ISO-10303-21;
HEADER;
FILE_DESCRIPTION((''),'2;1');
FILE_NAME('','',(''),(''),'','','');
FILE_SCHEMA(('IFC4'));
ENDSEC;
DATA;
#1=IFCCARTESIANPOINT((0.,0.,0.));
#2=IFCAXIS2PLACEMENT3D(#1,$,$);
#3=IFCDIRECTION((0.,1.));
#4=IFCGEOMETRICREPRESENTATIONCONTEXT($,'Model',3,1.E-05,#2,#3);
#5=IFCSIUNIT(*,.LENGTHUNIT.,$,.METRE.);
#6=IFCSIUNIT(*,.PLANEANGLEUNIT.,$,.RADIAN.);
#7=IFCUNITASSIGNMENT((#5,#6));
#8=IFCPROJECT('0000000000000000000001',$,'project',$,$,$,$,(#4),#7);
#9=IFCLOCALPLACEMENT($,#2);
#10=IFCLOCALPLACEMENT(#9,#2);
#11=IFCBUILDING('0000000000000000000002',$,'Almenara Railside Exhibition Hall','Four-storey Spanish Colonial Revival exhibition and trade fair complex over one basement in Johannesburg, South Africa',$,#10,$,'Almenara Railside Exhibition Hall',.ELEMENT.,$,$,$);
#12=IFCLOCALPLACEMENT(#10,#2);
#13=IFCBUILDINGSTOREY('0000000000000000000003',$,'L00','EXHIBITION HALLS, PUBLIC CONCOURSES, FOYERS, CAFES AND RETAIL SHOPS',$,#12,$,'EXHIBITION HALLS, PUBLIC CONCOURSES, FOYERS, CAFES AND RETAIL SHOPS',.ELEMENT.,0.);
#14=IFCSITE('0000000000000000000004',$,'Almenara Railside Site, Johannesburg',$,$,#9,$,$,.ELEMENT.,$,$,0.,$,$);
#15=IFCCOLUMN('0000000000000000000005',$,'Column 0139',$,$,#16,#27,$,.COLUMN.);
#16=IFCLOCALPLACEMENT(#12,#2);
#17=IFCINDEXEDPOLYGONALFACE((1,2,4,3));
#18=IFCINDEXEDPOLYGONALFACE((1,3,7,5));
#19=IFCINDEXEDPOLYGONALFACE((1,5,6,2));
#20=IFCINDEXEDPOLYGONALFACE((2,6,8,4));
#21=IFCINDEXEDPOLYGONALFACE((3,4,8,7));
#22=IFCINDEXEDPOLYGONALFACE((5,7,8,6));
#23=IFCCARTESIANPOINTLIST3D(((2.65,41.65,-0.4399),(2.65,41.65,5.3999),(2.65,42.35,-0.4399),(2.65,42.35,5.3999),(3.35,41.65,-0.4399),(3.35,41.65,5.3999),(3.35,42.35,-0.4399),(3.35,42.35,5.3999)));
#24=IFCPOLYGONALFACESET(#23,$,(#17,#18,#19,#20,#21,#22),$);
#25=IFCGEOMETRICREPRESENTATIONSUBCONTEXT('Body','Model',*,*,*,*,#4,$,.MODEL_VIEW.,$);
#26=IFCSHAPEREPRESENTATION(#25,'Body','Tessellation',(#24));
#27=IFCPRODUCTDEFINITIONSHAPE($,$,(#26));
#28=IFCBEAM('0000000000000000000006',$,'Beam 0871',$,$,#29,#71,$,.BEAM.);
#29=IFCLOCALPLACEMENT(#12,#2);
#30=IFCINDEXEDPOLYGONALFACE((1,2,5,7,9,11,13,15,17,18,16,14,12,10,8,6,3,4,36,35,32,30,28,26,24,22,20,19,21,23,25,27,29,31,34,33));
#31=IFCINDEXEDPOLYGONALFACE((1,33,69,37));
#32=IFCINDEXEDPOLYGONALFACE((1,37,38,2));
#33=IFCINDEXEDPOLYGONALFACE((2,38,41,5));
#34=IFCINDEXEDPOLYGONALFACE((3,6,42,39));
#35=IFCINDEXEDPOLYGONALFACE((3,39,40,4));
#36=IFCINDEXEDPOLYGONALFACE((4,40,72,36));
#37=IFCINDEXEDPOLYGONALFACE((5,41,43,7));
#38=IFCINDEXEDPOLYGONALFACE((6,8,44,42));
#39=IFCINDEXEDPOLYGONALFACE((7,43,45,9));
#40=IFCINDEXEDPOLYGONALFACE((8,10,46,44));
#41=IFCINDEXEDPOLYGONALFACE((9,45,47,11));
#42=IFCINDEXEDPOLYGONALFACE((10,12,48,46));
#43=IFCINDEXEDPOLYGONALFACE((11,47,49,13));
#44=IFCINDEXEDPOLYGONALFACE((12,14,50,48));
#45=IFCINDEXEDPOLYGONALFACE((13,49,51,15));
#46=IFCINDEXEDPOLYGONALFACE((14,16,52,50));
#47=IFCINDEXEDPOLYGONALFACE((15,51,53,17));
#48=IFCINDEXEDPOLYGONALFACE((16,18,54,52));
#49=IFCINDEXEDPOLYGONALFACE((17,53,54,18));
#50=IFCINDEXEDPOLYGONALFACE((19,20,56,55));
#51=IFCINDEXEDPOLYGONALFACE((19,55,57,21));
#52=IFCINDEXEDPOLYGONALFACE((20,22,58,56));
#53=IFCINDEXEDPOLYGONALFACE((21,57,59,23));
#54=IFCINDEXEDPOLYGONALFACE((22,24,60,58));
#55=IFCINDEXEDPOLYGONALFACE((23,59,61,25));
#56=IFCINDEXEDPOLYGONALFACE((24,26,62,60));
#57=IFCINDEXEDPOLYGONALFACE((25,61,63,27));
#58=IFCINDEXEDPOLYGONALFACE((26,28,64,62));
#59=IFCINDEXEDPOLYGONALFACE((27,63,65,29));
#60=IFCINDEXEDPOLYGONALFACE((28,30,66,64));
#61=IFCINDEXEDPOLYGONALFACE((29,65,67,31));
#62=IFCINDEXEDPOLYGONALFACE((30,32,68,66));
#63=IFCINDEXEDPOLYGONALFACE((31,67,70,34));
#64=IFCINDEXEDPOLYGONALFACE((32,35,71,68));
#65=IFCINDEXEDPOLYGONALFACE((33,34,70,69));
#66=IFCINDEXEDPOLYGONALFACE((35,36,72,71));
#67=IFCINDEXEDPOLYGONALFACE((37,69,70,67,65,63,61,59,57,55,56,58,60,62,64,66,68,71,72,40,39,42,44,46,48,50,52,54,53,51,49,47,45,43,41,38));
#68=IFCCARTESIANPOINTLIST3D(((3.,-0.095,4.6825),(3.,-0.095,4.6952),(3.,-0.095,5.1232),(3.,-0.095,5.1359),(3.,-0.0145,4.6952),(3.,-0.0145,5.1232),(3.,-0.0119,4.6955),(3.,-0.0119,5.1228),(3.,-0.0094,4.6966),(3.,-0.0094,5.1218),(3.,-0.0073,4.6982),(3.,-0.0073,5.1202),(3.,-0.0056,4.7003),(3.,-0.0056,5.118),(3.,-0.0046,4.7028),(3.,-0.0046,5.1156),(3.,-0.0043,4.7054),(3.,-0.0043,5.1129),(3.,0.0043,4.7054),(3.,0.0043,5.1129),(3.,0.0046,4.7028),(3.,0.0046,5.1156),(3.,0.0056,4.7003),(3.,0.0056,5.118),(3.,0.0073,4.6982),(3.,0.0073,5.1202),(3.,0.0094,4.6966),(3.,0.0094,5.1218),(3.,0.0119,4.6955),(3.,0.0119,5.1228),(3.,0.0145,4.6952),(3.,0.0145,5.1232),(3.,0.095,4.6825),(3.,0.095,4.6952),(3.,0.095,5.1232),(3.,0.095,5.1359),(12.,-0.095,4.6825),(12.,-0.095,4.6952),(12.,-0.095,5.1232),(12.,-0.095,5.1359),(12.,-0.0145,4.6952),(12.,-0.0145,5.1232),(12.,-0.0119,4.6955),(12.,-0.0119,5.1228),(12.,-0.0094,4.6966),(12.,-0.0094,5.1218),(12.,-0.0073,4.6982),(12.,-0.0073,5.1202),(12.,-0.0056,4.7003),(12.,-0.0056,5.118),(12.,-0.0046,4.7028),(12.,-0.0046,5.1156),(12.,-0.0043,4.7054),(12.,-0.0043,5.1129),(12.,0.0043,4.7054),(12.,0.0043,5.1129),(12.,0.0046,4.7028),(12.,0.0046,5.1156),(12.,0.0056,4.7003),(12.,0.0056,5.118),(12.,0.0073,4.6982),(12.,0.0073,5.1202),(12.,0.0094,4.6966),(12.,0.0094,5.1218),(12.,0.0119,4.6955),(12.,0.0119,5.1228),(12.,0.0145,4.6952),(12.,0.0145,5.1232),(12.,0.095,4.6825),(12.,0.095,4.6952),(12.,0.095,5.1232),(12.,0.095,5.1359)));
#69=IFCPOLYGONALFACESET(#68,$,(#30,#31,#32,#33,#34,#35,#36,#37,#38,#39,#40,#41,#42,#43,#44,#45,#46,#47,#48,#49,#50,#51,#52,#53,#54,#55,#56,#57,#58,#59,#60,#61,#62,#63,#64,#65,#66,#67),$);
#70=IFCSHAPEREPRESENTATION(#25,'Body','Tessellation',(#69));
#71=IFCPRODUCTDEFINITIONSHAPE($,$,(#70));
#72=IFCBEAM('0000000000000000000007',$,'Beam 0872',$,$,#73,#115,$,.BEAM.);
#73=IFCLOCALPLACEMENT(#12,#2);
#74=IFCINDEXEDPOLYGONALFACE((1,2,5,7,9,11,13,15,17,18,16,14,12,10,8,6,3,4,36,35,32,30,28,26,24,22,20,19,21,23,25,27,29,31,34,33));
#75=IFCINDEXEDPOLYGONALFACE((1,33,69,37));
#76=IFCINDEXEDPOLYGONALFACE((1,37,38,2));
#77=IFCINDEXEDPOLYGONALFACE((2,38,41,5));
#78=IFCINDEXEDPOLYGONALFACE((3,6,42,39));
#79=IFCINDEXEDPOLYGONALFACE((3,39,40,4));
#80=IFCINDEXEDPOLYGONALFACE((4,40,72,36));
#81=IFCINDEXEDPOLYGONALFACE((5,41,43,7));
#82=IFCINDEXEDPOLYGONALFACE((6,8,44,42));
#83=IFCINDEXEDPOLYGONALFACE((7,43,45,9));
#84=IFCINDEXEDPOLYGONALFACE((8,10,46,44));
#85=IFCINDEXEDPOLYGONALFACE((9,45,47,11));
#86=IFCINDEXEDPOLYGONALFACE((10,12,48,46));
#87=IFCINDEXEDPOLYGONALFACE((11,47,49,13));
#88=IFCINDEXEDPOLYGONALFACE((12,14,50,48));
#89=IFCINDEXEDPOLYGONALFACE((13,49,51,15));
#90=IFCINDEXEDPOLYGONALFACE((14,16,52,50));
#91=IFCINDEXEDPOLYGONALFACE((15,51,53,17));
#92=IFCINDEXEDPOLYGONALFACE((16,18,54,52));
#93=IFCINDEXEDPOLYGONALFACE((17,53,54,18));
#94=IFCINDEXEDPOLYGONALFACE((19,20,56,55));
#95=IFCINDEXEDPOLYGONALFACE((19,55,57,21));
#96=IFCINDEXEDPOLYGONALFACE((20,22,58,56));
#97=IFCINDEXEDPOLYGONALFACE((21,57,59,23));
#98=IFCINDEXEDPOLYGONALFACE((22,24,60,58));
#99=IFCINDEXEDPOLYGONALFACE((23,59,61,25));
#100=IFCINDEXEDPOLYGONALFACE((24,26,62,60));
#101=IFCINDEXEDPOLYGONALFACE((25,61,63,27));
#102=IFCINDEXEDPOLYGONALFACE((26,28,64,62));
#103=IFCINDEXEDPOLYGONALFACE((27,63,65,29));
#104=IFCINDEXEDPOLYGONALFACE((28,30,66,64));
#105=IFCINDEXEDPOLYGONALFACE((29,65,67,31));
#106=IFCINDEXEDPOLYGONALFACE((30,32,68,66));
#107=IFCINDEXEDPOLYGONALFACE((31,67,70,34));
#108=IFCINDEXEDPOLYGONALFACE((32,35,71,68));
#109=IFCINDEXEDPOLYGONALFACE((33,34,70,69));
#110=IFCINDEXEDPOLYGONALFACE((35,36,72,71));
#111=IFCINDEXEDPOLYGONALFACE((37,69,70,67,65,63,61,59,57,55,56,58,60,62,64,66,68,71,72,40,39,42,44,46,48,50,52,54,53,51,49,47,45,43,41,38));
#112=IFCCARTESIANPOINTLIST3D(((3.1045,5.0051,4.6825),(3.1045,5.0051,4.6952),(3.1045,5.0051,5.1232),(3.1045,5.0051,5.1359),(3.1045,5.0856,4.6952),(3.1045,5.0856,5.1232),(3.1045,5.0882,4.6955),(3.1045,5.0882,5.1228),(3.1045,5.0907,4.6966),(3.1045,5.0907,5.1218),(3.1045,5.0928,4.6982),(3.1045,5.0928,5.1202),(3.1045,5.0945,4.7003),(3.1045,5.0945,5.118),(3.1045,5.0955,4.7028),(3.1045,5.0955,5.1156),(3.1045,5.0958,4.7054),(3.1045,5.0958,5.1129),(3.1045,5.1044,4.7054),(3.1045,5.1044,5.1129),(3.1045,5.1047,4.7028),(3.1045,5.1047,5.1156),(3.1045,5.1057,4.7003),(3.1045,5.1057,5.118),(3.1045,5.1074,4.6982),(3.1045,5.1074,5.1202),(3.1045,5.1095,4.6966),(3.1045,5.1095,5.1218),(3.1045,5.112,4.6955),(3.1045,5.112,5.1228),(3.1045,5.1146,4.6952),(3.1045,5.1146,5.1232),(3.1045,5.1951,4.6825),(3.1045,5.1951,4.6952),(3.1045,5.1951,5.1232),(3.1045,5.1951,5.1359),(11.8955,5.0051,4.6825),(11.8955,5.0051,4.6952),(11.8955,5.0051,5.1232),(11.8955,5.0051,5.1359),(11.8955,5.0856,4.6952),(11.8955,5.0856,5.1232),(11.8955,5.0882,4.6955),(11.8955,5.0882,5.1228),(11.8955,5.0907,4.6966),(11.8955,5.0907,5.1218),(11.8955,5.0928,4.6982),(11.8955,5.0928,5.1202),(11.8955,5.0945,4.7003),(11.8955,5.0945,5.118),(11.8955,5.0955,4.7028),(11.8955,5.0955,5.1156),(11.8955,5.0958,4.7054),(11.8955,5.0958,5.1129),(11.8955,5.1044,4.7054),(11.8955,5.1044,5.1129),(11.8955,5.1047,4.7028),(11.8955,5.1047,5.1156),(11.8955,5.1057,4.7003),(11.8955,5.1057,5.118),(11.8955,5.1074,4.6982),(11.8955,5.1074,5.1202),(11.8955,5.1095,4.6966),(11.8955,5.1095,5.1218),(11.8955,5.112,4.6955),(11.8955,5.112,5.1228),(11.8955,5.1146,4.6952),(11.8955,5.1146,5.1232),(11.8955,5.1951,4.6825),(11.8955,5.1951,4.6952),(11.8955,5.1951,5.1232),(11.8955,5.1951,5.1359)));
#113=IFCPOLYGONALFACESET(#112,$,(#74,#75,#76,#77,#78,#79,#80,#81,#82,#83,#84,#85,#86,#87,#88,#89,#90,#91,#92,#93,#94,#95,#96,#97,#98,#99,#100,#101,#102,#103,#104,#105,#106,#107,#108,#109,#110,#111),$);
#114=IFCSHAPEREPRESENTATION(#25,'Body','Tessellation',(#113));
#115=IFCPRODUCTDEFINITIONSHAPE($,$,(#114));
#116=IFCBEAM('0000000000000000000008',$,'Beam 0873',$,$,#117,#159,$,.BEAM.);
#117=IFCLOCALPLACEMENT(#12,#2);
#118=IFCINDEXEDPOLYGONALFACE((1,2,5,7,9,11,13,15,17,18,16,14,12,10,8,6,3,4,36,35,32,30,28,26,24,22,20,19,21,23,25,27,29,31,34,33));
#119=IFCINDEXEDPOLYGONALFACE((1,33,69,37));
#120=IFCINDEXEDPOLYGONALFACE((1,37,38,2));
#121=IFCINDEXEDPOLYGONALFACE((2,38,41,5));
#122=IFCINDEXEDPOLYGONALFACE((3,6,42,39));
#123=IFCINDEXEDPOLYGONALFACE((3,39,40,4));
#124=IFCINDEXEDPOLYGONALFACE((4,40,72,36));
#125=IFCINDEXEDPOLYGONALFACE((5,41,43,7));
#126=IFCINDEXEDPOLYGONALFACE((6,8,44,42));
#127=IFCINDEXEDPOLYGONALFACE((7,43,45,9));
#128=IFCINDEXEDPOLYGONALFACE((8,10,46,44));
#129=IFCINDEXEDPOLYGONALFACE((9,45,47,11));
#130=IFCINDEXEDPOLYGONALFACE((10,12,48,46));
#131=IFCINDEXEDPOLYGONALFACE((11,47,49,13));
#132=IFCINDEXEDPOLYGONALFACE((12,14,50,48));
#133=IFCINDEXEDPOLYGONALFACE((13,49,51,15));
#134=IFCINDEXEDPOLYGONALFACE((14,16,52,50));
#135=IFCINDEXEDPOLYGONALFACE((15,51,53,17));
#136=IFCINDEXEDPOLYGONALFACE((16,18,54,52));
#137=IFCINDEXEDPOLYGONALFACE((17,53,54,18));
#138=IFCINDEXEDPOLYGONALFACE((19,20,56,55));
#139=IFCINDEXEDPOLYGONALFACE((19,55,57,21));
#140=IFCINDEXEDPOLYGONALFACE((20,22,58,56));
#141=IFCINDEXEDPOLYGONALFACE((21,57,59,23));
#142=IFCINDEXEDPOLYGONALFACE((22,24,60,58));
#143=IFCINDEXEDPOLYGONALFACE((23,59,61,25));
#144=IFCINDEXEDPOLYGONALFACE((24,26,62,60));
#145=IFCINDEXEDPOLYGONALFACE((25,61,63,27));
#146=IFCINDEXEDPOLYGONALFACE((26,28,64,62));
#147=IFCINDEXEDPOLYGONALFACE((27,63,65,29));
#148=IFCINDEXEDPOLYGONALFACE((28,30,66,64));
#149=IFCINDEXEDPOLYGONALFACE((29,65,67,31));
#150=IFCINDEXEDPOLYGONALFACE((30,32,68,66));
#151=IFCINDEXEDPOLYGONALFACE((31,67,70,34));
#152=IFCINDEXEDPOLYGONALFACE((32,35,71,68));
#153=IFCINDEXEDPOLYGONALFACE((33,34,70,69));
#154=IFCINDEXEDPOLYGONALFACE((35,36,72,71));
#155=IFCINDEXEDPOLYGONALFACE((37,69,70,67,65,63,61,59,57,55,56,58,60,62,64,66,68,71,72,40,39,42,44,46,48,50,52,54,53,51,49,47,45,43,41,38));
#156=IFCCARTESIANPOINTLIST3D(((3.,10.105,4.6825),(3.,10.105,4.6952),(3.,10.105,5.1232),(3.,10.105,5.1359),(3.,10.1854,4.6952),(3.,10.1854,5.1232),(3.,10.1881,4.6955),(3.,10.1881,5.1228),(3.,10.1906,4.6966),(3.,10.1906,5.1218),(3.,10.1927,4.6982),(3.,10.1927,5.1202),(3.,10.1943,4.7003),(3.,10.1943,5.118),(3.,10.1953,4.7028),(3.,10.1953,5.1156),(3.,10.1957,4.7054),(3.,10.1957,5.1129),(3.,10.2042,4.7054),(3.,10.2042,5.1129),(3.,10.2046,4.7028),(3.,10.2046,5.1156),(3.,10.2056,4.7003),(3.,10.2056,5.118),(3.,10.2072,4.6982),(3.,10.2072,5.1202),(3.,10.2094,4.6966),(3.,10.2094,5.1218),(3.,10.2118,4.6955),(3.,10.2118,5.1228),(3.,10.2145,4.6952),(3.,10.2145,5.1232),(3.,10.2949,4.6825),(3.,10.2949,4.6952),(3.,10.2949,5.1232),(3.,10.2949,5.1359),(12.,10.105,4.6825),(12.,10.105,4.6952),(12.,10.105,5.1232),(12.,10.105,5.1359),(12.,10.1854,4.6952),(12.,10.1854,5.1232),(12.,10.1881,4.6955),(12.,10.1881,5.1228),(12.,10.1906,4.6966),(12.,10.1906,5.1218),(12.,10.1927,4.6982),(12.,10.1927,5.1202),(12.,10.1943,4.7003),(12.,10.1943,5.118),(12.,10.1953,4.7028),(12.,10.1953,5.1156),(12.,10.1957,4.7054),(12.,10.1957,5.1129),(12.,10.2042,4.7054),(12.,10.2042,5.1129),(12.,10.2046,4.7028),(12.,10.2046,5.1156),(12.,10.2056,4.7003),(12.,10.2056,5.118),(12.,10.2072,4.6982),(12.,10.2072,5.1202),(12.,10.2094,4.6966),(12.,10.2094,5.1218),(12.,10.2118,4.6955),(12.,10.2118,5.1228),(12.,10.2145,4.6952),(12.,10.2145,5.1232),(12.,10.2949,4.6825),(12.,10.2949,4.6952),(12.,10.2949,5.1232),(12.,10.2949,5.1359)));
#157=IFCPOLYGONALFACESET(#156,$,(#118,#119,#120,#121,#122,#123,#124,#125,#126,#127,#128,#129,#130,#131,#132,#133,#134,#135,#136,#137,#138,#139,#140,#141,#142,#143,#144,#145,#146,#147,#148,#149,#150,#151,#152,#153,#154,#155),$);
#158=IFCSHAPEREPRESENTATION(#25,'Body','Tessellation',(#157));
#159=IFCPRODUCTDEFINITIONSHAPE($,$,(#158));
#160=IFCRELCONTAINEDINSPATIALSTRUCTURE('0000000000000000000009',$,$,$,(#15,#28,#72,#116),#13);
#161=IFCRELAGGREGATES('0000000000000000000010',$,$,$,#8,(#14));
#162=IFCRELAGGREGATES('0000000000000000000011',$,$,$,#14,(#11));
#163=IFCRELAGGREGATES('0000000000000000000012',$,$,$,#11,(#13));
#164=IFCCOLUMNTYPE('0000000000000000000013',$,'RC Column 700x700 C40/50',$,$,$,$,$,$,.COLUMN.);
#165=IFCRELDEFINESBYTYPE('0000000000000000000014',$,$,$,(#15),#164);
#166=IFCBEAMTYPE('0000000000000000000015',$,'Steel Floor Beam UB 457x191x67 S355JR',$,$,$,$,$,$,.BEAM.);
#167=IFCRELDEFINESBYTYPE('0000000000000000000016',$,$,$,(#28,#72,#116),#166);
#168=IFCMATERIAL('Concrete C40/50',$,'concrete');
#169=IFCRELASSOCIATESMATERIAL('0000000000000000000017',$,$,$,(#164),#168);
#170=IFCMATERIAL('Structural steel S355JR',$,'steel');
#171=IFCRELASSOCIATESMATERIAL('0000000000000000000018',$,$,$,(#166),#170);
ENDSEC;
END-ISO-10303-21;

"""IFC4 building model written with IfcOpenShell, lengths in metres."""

from ifc_helpers import new_model, si_unit, direction, frame, origin, origin_2d, place, context, subcontext, project, spatial, rectangle, i_section, extrude, material, material_profile, profile_set, type_object, element, save


model = new_model("IFC4")

# Units and contexts
model_context = context("Model", 3, precision=1e-05, world=origin(), true_north=direction((0.0, 1.0)))
body_context = subcontext(model_context, "Body", "Model", "MODEL_VIEW")
ifc_project = project(units=[si_unit("LENGTHUNIT", "METRE"), si_unit("PLANEANGLEUNIT", "RADIAN")], contexts=[model_context])

# Site, building, storey
site_placement = place(None, origin())
site = spatial("IfcSite", under=ifc_project, at=site_placement, Name="Almenara Railside Site, Johannesburg", CompositionType="ELEMENT", RefElevation=0.0)
building_placement = place(site_placement, origin())
building = spatial("IfcBuilding", under=site, at=building_placement, Name="Almenara Railside Exhibition Hall", Description="Four-storey Spanish Colonial Revival exhibition and trade fair complex over one basement in Johannesburg, South Africa", LongName="Almenara Railside Exhibition Hall", CompositionType="ELEMENT")
storey_placement = place(building_placement, origin())
storey = spatial("IfcBuildingStorey", under=building, at=storey_placement, Name="L00", Description="EXHIBITION HALLS, PUBLIC CONCOURSES, FOYERS, CAFES AND RETAIL SHOPS", LongName="EXHIBITION HALLS, PUBLIC CONCOURSES, FOYERS, CAFES AND RETAIL SHOPS", CompositionType="ELEMENT", Elevation=0.0)

# Shared definitions
ifc_material_1 = material(Name="Concrete C40/50", Category="concrete")

# Column
ifc_material_profile_1 = material_profile(ifc_material_1, rectangle(XDim=0.7, YDim=0.7, at=origin_2d()), Name="RC 700x700")
ifc_profile_set_1 = profile_set([ifc_material_profile_1], Name="Concrete C40/50")
column_type_1 = type_object("IfcColumnType", Name="RC Column 700x700 C40/50", PredefinedType="COLUMN", material=ifc_profile_set_1)
for number, where, z_axis, x_axis, name in (
    (1, (3.0, 42.0, -0.4399), (0.0, 0.0, 1.0), (1.0, 0.0, 0.0), "Column 0139"),
):
    element("IfcColumn", number, at=place(storey_placement, frame(where, z_axis=z_axis, x_axis=x_axis)), inside=storey, type_object=column_type_1, Name=name, PredefinedType="COLUMN", context=body_context, shape_type="SweptSolid", body=[
        extrude(rectangle(XDim=0.7, YDim=0.7, at=origin_2d()), origin(), (0.0, 0.0, 1.0), 5.8398),
    ])

# Beams
ifc_material_2 = material(Name="Structural steel S355JR", Category="steel")
ifc_material_profile_2 = material_profile(ifc_material_2, i_section(OverallWidth=0.1899, OverallDepth=0.4534, WebThickness=0.0085, FlangeThickness=0.0127, FilletRadius=0.0103, at=origin_2d()), Name="UB 457x191x67")
ifc_profile_set_2 = profile_set([ifc_material_profile_2], Name="Structural steel S355JR")
beam_type_1 = type_object("IfcBeamType", Name="Steel Floor Beam UB 457x191x67 S355JR", PredefinedType="BEAM", material=ifc_profile_set_2)
beam_1_placement = place(storey_placement, frame((3.0, 0.0, 4.9092), z_axis=(1.0, 0.0, 0.0), x_axis=(0.0, 1.0, 0.0)))
element("IfcBeam", 2, at=beam_1_placement, inside=storey, type_object=beam_type_1, Name="Beam 0871", PredefinedType="BEAM", context=body_context, shape_type="SweptSolid", body=[
    extrude(i_section(OverallWidth=0.1899, OverallDepth=0.4534, WebThickness=0.0085, FlangeThickness=0.0127, FilletRadius=0.0103, at=origin_2d()), origin(), (0.0, 0.0, 1.0), 9.0),
])
beam_2_placement = place(storey_placement, frame((3.1045, 5.1001, 4.9092), z_axis=(1.0, 0.0, 0.0), x_axis=(0.0, 1.0, 0.0)))
element("IfcBeam", 3, at=beam_2_placement, inside=storey, type_object=beam_type_1, Name="Beam 0872", PredefinedType="BEAM", context=body_context, shape_type="SweptSolid", body=[
    extrude(i_section(OverallWidth=0.1899, OverallDepth=0.4534, WebThickness=0.0085, FlangeThickness=0.0127, FilletRadius=0.0103, at=origin_2d()), origin(), (0.0, 0.0, 1.0), 8.791),
])
for number, where, z_axis, x_axis, name in (
    (4, (3.0, 10.2, 4.9092), (1.0, 0.0, 0.0), (0.0, 1.0, 0.0), "Beam 0873"),
):
    element("IfcBeam", number, at=place(storey_placement, frame(where, z_axis=z_axis, x_axis=x_axis)), inside=storey, type_object=beam_type_1, Name=name, PredefinedType="BEAM", context=body_context, shape_type="SweptSolid", body=[
        extrude(i_section(OverallWidth=0.1899, OverallDepth=0.4534, WebThickness=0.0085, FlangeThickness=0.0127, FilletRadius=0.0103, at=origin_2d()), origin(), (0.0, 0.0, 1.0), 9.0),
    ])

save(model, "model.ifc")
